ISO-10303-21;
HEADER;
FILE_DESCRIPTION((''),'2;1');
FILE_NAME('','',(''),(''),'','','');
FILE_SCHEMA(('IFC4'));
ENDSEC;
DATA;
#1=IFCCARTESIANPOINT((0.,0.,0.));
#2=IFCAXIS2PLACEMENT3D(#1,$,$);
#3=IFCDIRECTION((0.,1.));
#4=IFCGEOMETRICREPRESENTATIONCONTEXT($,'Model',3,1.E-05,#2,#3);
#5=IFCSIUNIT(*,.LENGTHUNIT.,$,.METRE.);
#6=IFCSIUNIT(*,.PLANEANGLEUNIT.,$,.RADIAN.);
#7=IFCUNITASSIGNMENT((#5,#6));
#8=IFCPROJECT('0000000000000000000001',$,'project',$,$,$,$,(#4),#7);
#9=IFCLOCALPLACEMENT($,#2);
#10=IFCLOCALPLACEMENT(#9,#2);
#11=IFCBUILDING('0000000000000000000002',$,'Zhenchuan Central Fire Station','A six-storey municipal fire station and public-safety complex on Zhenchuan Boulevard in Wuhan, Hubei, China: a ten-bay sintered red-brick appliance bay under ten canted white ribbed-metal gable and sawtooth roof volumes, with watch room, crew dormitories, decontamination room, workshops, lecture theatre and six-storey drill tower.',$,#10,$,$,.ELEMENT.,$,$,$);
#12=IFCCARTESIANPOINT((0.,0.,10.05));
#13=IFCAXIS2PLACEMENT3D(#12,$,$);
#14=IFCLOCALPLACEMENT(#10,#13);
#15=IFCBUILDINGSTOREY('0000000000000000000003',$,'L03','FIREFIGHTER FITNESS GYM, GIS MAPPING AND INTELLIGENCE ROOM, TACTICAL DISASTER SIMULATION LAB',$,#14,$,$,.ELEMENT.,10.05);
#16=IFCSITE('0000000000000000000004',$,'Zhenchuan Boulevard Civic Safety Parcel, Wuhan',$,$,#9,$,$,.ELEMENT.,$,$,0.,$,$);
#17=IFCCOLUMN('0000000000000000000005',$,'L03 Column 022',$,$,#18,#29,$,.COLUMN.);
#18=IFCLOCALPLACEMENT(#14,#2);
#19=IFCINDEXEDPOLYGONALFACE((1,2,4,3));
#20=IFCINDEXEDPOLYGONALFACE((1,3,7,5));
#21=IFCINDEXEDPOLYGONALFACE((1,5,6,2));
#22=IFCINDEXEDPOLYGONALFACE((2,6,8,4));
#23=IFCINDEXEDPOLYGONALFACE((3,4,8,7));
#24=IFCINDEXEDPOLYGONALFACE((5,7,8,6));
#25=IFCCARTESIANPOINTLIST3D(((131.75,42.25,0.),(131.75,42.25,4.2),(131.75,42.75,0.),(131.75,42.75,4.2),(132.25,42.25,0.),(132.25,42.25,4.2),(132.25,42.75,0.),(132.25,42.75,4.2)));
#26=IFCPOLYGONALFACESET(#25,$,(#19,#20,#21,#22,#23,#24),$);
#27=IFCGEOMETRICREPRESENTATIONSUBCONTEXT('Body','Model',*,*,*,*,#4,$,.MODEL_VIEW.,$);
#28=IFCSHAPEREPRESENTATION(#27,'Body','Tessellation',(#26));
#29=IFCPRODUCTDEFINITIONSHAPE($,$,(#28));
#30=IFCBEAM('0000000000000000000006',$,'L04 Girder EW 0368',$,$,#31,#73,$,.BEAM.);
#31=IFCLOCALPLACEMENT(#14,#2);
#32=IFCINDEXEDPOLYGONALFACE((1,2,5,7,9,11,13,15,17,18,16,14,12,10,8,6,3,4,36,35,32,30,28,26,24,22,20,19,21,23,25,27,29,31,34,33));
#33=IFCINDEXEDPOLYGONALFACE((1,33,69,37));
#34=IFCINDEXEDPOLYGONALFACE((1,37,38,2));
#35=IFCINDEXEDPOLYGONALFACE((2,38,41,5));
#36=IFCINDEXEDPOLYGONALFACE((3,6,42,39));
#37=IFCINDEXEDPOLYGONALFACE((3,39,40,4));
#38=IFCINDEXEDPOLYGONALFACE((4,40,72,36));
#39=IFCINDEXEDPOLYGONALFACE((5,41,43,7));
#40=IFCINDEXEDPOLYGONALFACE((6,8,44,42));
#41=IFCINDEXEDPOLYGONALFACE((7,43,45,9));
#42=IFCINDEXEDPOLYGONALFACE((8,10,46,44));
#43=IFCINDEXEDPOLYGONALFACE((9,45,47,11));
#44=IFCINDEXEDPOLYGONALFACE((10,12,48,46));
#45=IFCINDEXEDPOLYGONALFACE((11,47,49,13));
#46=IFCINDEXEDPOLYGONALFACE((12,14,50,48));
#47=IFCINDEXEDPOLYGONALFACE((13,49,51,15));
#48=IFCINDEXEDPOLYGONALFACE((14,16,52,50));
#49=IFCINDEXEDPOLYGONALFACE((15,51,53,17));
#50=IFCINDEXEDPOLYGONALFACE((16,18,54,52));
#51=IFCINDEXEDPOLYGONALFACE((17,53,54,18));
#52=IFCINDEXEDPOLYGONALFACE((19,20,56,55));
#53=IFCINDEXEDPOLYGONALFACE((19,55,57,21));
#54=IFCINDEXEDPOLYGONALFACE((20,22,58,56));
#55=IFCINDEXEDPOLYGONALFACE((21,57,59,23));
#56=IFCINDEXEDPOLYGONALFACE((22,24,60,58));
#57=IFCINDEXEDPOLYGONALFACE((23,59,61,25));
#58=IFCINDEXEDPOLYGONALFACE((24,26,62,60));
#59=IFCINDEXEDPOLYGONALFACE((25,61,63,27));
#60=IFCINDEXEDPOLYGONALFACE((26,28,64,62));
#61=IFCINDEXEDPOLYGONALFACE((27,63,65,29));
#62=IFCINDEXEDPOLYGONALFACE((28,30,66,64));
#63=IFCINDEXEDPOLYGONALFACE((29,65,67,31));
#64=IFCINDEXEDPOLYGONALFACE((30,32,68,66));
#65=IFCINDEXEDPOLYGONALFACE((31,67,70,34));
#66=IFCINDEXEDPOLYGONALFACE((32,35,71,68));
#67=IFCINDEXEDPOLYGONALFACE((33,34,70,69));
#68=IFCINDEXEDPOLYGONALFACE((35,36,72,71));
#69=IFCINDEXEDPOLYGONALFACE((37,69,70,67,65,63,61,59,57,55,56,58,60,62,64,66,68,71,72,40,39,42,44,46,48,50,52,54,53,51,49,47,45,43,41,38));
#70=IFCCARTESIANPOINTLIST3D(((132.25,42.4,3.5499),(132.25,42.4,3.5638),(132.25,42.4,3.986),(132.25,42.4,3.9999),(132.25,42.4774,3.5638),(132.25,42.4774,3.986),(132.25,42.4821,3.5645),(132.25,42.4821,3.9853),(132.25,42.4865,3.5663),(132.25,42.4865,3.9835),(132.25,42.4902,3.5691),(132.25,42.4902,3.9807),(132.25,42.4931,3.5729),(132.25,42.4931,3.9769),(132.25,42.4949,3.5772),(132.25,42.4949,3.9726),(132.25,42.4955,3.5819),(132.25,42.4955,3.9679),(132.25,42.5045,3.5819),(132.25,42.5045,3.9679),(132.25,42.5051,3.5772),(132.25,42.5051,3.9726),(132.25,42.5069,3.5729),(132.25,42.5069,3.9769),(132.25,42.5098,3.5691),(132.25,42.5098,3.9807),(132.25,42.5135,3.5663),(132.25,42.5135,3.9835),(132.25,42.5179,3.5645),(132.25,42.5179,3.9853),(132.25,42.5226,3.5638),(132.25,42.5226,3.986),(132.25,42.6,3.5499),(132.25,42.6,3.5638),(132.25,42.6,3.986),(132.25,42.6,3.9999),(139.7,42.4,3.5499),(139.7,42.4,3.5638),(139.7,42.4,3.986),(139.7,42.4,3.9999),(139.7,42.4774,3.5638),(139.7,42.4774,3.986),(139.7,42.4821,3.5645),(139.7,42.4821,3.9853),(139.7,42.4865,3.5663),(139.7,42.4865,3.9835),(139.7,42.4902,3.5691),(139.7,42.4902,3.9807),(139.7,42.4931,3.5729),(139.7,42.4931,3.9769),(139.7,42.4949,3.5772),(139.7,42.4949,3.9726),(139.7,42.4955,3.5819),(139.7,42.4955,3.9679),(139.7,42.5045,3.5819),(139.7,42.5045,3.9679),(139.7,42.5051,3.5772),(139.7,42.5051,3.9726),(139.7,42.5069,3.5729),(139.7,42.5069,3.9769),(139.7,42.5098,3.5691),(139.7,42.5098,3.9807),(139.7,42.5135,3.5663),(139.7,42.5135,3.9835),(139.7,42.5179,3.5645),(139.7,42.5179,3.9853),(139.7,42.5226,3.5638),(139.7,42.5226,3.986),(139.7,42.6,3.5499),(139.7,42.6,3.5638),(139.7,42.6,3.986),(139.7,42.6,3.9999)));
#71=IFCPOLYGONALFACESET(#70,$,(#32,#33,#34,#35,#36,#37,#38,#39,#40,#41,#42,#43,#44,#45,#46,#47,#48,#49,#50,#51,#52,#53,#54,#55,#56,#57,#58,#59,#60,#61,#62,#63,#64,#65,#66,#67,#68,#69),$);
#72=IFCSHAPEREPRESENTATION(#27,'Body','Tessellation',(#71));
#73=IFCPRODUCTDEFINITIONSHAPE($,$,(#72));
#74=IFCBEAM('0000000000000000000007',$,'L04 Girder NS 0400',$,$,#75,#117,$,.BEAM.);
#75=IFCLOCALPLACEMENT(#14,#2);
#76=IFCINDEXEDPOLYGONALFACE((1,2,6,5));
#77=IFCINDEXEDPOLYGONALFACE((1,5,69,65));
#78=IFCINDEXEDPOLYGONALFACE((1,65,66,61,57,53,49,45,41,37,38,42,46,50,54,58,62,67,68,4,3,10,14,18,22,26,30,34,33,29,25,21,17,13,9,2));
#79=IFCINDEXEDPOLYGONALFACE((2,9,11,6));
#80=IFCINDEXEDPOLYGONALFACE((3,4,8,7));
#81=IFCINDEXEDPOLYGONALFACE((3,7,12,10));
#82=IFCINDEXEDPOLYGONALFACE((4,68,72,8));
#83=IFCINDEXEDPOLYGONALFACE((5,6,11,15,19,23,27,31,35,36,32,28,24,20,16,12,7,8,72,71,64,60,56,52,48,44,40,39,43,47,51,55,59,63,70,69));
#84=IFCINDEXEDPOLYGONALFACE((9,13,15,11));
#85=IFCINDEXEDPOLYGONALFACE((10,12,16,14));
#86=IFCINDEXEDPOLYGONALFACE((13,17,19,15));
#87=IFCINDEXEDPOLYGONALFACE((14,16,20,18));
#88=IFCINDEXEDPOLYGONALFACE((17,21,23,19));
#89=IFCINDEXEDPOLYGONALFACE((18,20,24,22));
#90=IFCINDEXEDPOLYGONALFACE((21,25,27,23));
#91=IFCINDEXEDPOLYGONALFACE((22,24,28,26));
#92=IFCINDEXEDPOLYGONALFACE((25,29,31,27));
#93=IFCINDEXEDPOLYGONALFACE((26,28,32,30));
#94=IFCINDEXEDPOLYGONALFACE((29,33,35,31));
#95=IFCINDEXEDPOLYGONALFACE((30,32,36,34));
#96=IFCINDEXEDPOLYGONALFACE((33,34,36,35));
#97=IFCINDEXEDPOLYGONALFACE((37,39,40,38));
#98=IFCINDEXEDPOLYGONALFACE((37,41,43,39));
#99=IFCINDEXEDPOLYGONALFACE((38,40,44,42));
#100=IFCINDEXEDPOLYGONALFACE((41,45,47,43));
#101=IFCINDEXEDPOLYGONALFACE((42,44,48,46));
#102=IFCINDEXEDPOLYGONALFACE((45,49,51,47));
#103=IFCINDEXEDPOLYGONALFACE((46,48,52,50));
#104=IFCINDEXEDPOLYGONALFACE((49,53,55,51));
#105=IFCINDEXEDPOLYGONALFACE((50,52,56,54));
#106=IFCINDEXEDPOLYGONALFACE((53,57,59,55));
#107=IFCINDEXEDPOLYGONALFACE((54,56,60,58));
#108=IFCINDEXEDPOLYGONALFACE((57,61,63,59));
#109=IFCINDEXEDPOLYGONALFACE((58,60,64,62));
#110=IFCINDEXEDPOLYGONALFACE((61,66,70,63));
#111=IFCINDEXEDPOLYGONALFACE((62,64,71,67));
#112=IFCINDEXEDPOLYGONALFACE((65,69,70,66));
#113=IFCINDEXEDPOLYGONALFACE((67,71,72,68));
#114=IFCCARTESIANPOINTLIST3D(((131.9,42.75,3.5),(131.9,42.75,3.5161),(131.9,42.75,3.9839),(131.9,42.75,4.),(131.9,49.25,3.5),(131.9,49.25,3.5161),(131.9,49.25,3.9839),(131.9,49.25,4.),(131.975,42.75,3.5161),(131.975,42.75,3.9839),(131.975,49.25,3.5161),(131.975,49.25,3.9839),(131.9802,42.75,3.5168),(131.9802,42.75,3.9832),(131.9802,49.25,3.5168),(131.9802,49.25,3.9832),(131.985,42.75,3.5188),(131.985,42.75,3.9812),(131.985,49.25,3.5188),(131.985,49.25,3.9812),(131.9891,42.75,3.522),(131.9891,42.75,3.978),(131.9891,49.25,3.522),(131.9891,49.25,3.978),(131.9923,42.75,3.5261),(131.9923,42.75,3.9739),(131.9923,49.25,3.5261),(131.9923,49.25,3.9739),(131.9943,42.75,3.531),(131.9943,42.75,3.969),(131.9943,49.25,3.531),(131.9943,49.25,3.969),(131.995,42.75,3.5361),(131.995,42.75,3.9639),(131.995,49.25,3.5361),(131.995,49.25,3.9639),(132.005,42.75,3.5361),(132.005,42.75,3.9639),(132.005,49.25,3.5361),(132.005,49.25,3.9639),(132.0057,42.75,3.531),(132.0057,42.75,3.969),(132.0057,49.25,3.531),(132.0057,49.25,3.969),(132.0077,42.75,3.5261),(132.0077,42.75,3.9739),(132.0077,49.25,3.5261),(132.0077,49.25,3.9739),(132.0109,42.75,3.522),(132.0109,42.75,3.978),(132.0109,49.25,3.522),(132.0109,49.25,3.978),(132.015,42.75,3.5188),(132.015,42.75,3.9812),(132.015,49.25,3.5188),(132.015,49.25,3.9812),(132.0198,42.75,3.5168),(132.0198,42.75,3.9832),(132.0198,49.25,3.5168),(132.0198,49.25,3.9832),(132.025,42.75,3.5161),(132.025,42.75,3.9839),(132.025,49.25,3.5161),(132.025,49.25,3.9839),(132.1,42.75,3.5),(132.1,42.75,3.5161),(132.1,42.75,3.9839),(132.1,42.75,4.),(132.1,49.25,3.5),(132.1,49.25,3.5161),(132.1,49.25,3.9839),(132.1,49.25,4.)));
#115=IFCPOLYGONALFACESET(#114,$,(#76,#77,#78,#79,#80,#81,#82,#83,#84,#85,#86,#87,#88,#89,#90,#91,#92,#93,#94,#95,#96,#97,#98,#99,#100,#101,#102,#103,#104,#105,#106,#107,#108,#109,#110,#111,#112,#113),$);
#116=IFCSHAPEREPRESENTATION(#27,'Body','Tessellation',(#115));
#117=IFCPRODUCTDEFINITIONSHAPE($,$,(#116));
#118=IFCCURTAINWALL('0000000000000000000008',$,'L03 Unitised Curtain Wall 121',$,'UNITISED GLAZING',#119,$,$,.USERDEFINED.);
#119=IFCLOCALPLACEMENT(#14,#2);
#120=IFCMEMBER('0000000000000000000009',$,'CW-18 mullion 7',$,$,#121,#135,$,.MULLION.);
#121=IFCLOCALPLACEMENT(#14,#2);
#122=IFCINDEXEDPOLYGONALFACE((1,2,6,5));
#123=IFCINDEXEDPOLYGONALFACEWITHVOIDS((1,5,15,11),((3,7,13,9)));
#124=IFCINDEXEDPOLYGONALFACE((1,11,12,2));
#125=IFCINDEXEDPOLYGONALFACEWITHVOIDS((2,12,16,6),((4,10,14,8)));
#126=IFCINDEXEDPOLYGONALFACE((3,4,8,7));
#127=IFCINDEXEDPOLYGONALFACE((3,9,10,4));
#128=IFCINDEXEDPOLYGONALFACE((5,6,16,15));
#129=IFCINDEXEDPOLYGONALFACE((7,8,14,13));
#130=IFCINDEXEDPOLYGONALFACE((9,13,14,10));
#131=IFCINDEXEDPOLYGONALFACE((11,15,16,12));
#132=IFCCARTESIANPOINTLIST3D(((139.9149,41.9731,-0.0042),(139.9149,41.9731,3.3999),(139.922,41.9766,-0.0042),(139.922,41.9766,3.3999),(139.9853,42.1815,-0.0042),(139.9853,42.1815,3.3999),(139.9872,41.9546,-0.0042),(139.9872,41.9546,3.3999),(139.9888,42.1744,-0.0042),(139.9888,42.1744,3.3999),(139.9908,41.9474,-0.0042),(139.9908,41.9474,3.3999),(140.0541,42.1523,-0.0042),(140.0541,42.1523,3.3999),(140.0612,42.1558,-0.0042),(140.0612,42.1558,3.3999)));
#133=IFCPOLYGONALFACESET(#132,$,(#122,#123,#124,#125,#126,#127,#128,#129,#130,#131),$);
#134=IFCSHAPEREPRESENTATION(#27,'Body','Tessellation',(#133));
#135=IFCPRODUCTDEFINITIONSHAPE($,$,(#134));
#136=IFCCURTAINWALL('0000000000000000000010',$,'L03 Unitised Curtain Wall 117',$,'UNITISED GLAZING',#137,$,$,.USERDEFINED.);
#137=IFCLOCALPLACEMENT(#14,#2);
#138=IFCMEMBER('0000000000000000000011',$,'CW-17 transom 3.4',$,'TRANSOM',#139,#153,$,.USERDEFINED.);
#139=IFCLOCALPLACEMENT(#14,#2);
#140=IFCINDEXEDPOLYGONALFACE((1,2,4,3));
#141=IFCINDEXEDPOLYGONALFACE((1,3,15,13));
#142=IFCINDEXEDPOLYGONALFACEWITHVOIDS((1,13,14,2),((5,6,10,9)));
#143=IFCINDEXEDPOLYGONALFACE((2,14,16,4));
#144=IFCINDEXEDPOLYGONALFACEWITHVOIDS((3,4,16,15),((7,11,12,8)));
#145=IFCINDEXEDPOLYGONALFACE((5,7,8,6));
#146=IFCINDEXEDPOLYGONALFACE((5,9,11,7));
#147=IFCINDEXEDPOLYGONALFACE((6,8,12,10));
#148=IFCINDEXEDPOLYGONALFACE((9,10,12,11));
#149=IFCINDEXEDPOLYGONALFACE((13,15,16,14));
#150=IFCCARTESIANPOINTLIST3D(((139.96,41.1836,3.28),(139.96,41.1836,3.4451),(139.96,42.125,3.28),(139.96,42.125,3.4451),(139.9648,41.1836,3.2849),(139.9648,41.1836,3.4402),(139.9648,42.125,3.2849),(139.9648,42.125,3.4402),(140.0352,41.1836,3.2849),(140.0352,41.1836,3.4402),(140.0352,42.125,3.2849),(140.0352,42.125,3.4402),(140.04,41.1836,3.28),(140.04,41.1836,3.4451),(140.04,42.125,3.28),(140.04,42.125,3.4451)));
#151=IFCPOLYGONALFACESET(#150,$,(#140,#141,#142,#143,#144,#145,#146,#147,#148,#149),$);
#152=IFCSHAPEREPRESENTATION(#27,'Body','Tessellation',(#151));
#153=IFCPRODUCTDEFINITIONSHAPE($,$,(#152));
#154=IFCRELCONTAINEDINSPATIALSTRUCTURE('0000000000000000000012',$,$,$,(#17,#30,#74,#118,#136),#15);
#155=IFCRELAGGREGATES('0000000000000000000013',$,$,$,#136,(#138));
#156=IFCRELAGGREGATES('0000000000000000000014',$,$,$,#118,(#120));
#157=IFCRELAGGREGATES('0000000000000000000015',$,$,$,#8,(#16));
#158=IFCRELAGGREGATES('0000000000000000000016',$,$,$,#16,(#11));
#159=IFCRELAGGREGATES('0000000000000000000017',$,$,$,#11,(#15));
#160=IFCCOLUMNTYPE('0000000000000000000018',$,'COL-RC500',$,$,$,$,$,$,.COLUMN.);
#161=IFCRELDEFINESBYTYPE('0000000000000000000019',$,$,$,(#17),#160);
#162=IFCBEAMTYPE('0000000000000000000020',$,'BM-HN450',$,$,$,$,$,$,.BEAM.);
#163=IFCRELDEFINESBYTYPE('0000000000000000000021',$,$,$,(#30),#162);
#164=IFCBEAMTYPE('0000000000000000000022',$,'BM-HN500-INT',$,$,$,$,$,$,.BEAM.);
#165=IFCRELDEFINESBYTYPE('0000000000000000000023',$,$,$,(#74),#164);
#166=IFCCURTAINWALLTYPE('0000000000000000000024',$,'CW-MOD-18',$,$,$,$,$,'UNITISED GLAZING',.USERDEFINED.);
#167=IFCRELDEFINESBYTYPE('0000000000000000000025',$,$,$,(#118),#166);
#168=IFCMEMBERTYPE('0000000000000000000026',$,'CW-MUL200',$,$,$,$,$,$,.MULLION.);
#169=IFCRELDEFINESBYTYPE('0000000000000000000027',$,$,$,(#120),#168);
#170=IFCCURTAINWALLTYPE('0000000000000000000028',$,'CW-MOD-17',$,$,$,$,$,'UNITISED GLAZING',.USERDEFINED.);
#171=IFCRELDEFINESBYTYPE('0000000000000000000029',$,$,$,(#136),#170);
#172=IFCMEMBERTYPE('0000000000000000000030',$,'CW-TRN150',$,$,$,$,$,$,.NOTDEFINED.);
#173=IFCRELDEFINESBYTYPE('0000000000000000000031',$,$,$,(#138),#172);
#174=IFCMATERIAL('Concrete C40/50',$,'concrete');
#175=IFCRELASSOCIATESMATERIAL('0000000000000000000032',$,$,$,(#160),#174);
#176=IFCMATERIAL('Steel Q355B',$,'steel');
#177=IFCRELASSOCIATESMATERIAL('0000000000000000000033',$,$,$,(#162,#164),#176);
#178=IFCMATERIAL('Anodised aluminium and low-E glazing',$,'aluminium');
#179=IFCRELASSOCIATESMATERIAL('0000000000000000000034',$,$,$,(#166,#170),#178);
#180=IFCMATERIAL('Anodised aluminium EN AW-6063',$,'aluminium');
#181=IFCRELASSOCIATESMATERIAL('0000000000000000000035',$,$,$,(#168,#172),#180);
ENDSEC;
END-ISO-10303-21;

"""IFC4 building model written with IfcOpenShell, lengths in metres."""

from ifc_helpers import new_model, si_unit, direction, frame, origin, origin_2d, place, context, subcontext, project, spatial, rectangle, hollow_rectangle, i_section, extrude, material, material_profile, profile_set, type_object, element, aggregate, save


model = new_model("IFC4")

# Units and contexts
model_context = context("Model", 3, precision=1e-05, world=origin(), true_north=direction((0.0, 1.0)))
body_context = subcontext(model_context, "Body", "Model", "MODEL_VIEW")
ifc_project = project(units=[si_unit("LENGTHUNIT", "METRE"), si_unit("PLANEANGLEUNIT", "RADIAN")], contexts=[model_context])

# Site, building, storey
site_placement = place(None, origin())
site = spatial("IfcSite", under=ifc_project, at=site_placement, Name="Zhenchuan Boulevard Civic Safety Parcel, Wuhan", CompositionType="ELEMENT", RefElevation=0.0)
building_placement = place(site_placement, origin())
building = spatial("IfcBuilding", under=site, at=building_placement, Name="Zhenchuan Central Fire Station", Description="A six-storey municipal fire station and public-safety complex on Zhenchuan Boulevard in Wuhan, Hubei, China: a ten-bay sintered red-brick appliance bay under ten canted white ribbed-metal gable and sawtooth roof volumes, with watch room, crew dormitories, decontamination room, workshops, lecture theatre and six-storey drill tower.", CompositionType="ELEMENT")
storey_placement = place(building_placement, frame((0.0, 0.0, 10.05)))
storey = spatial("IfcBuildingStorey", under=building, at=storey_placement, Name="L03", Description="FIREFIGHTER FITNESS GYM, GIS MAPPING AND INTELLIGENCE ROOM, TACTICAL DISASTER SIMULATION LAB", CompositionType="ELEMENT", Elevation=10.05)

# Column
ifc_material_1 = material(Name="Concrete C40/50", Category="concrete")
ifc_material_profile_1 = material_profile(ifc_material_1, rectangle(XDim=0.5, YDim=0.5, at=origin_2d()), Name="RC 500x500")
ifc_profile_set_1 = profile_set([ifc_material_profile_1], Name="Concrete C40/50")
column_type = type_object("IfcColumnType", Name="COL-RC500", PredefinedType="COLUMN", material=ifc_profile_set_1)
column_placement = place(storey_placement, frame((132.0, 42.5, 0.0), z_axis=(0.0, 0.0, 1.0), x_axis=(1.0, 0.0, 0.0)))
element("IfcColumn", 1, at=column_placement, inside=storey, type_object=column_type, Name="L03 Column 022", PredefinedType="COLUMN", context=body_context, shape_type="SweptSolid", body=[
    extrude(rectangle(XDim=0.5, YDim=0.5, at=origin_2d()), origin(), (0.0, 0.0, 1.0), 4.2),
])

# Beams
ifc_material_2 = material(Name="Steel Q355B", Category="steel")
ifc_material_profile_2 = material_profile(ifc_material_2, i_section(OverallWidth=0.2, OverallDepth=0.45, WebThickness=0.009, FlangeThickness=0.0139, FilletRadius=0.0181, at=origin_2d()), Name="HN 450x200")
ifc_profile_set_2 = profile_set([ifc_material_profile_2], Name="Steel Q355B")
beam_type_1 = type_object("IfcBeamType", Name="BM-HN450", PredefinedType="BEAM", material=ifc_profile_set_2)
beam_1_placement = place(storey_placement, frame((132.25, 42.5, 3.7749), z_axis=(1.0, 0.0, 0.0), x_axis=(0.0, 1.0, 0.0)))
element("IfcBeam", 2, at=beam_1_placement, inside=storey, type_object=beam_type_1, Name="L04 Girder EW 0368", PredefinedType="BEAM", context=body_context, shape_type="SweptSolid", body=[
    extrude(i_section(OverallWidth=0.2, OverallDepth=0.45, WebThickness=0.009, FlangeThickness=0.0139, FilletRadius=0.0181, at=origin_2d()), origin(), (0.0, 0.0, 1.0), 7.45),
])
ifc_material_profile_3 = material_profile(ifc_material_2, i_section(OverallWidth=0.2, OverallDepth=0.5, WebThickness=0.01, FlangeThickness=0.0161, FilletRadius=0.02, at=origin_2d()), Name="HN 500x200")
ifc_profile_set_3 = profile_set([ifc_material_profile_3], Name="Steel Q355B")
beam_type_2 = type_object("IfcBeamType", Name="BM-HN500-INT", PredefinedType="BEAM", material=ifc_profile_set_3)
beam_2_placement = place(storey_placement, frame((132.0, 42.75, 3.75), z_axis=(0.0, 1.0, 0.0), x_axis=(-1.0, 0.0, 0.0)))
element("IfcBeam", 3, at=beam_2_placement, inside=storey, type_object=beam_type_2, Name="L04 Girder NS 0400", PredefinedType="BEAM", context=body_context, shape_type="SweptSolid", body=[
    extrude(i_section(OverallWidth=0.2, OverallDepth=0.5, WebThickness=0.01, FlangeThickness=0.0161, FilletRadius=0.02, at=origin_2d()), origin(), (0.0, 0.0, 1.0), 6.5),
])

# Curtain walls, members
ifc_material_3 = material(Name="Anodised aluminium and low-E glazing", Category="aluminium")
curtain_wall_type_1 = type_object("IfcCurtainWallType", Name="CW-MOD-18", ElementType="UNITISED GLAZING", PredefinedType="USERDEFINED", material=ifc_material_3)
curtain_wall_1_placement = place(storey_placement, origin())
curtain_wall_1 = element("IfcCurtainWall", 4, at=curtain_wall_1_placement, inside=storey, type_object=curtain_wall_type_1, Name="L03 Unitised Curtain Wall 121", ObjectType="UNITISED GLAZING", PredefinedType="USERDEFINED")
ifc_material_4 = material(Name="Anodised aluminium EN AW-6063", Category="aluminium")
ifc_material_profile_4 = material_profile(ifc_material_4, hollow_rectangle(XDim=0.0801, YDim=0.22, WallThickness=0.0056, at=origin_2d()), Name="ALU-M 220x80")
ifc_profile_set_4 = profile_set([ifc_material_profile_4], Name="Anodised aluminium EN AW-6063")
member_type_1 = type_object("IfcMemberType", Name="CW-MUL200", PredefinedType="MULLION", material=ifc_profile_set_4)
member_1_placement = place(storey_placement, frame((139.988, 42.0645, -0.0042), z_axis=(0.0, 0.0, 1.0), x_axis=(-0.947368, 0.320145, 0.0)))
member_1 = element("IfcMember", 5, at=member_1_placement, type_object=member_type_1, Name="CW-18 mullion 7", PredefinedType="MULLION", context=body_context, shape_type="SweptSolid", body=[
    extrude(hollow_rectangle(XDim=0.0801, YDim=0.22, WallThickness=0.0056, at=origin_2d()), origin(), (0.0, 0.0, 1.0), 3.4041),
])
curtain_wall_type_2 = type_object("IfcCurtainWallType", Name="CW-MOD-17", ElementType="UNITISED GLAZING", PredefinedType="USERDEFINED", material=ifc_material_3)
curtain_wall_2_placement = place(storey_placement, origin())
curtain_wall_2 = element("IfcCurtainWall", 6, at=curtain_wall_2_placement, inside=storey, type_object=curtain_wall_type_2, Name="L03 Unitised Curtain Wall 117", ObjectType="UNITISED GLAZING", PredefinedType="USERDEFINED")
ifc_material_profile_5 = material_profile(ifc_material_4, hollow_rectangle(XDim=0.0801, YDim=0.165, WallThickness=0.0049, at=origin_2d()), Name="ALU-T 165x80")
ifc_profile_set_5 = profile_set([ifc_material_profile_5], Name="Anodised aluminium EN AW-6063")
member_type_2 = type_object("IfcMemberType", Name="CW-TRN150", PredefinedType="NOTDEFINED", material=ifc_profile_set_5)
member_2_placement = place(storey_placement, frame((140.0, 41.1836, 3.3625), z_axis=(0.0, 1.0, 0.0), x_axis=(-1.0, 0.0, 0.0)))
member_2 = element("IfcMember", 7, at=member_2_placement, type_object=member_type_2, Name="CW-17 transom 3.4", ObjectType="TRANSOM", PredefinedType="USERDEFINED", context=body_context, shape_type="SweptSolid", body=[
    extrude(hollow_rectangle(XDim=0.0801, YDim=0.165, WallThickness=0.0049, at=origin_2d()), origin(), (0.0, 0.0, 1.0), 0.9414),
])

aggregate(curtain_wall_2, [member_2])
aggregate(curtain_wall_1, [member_1])

save(model, "model.ifc")
